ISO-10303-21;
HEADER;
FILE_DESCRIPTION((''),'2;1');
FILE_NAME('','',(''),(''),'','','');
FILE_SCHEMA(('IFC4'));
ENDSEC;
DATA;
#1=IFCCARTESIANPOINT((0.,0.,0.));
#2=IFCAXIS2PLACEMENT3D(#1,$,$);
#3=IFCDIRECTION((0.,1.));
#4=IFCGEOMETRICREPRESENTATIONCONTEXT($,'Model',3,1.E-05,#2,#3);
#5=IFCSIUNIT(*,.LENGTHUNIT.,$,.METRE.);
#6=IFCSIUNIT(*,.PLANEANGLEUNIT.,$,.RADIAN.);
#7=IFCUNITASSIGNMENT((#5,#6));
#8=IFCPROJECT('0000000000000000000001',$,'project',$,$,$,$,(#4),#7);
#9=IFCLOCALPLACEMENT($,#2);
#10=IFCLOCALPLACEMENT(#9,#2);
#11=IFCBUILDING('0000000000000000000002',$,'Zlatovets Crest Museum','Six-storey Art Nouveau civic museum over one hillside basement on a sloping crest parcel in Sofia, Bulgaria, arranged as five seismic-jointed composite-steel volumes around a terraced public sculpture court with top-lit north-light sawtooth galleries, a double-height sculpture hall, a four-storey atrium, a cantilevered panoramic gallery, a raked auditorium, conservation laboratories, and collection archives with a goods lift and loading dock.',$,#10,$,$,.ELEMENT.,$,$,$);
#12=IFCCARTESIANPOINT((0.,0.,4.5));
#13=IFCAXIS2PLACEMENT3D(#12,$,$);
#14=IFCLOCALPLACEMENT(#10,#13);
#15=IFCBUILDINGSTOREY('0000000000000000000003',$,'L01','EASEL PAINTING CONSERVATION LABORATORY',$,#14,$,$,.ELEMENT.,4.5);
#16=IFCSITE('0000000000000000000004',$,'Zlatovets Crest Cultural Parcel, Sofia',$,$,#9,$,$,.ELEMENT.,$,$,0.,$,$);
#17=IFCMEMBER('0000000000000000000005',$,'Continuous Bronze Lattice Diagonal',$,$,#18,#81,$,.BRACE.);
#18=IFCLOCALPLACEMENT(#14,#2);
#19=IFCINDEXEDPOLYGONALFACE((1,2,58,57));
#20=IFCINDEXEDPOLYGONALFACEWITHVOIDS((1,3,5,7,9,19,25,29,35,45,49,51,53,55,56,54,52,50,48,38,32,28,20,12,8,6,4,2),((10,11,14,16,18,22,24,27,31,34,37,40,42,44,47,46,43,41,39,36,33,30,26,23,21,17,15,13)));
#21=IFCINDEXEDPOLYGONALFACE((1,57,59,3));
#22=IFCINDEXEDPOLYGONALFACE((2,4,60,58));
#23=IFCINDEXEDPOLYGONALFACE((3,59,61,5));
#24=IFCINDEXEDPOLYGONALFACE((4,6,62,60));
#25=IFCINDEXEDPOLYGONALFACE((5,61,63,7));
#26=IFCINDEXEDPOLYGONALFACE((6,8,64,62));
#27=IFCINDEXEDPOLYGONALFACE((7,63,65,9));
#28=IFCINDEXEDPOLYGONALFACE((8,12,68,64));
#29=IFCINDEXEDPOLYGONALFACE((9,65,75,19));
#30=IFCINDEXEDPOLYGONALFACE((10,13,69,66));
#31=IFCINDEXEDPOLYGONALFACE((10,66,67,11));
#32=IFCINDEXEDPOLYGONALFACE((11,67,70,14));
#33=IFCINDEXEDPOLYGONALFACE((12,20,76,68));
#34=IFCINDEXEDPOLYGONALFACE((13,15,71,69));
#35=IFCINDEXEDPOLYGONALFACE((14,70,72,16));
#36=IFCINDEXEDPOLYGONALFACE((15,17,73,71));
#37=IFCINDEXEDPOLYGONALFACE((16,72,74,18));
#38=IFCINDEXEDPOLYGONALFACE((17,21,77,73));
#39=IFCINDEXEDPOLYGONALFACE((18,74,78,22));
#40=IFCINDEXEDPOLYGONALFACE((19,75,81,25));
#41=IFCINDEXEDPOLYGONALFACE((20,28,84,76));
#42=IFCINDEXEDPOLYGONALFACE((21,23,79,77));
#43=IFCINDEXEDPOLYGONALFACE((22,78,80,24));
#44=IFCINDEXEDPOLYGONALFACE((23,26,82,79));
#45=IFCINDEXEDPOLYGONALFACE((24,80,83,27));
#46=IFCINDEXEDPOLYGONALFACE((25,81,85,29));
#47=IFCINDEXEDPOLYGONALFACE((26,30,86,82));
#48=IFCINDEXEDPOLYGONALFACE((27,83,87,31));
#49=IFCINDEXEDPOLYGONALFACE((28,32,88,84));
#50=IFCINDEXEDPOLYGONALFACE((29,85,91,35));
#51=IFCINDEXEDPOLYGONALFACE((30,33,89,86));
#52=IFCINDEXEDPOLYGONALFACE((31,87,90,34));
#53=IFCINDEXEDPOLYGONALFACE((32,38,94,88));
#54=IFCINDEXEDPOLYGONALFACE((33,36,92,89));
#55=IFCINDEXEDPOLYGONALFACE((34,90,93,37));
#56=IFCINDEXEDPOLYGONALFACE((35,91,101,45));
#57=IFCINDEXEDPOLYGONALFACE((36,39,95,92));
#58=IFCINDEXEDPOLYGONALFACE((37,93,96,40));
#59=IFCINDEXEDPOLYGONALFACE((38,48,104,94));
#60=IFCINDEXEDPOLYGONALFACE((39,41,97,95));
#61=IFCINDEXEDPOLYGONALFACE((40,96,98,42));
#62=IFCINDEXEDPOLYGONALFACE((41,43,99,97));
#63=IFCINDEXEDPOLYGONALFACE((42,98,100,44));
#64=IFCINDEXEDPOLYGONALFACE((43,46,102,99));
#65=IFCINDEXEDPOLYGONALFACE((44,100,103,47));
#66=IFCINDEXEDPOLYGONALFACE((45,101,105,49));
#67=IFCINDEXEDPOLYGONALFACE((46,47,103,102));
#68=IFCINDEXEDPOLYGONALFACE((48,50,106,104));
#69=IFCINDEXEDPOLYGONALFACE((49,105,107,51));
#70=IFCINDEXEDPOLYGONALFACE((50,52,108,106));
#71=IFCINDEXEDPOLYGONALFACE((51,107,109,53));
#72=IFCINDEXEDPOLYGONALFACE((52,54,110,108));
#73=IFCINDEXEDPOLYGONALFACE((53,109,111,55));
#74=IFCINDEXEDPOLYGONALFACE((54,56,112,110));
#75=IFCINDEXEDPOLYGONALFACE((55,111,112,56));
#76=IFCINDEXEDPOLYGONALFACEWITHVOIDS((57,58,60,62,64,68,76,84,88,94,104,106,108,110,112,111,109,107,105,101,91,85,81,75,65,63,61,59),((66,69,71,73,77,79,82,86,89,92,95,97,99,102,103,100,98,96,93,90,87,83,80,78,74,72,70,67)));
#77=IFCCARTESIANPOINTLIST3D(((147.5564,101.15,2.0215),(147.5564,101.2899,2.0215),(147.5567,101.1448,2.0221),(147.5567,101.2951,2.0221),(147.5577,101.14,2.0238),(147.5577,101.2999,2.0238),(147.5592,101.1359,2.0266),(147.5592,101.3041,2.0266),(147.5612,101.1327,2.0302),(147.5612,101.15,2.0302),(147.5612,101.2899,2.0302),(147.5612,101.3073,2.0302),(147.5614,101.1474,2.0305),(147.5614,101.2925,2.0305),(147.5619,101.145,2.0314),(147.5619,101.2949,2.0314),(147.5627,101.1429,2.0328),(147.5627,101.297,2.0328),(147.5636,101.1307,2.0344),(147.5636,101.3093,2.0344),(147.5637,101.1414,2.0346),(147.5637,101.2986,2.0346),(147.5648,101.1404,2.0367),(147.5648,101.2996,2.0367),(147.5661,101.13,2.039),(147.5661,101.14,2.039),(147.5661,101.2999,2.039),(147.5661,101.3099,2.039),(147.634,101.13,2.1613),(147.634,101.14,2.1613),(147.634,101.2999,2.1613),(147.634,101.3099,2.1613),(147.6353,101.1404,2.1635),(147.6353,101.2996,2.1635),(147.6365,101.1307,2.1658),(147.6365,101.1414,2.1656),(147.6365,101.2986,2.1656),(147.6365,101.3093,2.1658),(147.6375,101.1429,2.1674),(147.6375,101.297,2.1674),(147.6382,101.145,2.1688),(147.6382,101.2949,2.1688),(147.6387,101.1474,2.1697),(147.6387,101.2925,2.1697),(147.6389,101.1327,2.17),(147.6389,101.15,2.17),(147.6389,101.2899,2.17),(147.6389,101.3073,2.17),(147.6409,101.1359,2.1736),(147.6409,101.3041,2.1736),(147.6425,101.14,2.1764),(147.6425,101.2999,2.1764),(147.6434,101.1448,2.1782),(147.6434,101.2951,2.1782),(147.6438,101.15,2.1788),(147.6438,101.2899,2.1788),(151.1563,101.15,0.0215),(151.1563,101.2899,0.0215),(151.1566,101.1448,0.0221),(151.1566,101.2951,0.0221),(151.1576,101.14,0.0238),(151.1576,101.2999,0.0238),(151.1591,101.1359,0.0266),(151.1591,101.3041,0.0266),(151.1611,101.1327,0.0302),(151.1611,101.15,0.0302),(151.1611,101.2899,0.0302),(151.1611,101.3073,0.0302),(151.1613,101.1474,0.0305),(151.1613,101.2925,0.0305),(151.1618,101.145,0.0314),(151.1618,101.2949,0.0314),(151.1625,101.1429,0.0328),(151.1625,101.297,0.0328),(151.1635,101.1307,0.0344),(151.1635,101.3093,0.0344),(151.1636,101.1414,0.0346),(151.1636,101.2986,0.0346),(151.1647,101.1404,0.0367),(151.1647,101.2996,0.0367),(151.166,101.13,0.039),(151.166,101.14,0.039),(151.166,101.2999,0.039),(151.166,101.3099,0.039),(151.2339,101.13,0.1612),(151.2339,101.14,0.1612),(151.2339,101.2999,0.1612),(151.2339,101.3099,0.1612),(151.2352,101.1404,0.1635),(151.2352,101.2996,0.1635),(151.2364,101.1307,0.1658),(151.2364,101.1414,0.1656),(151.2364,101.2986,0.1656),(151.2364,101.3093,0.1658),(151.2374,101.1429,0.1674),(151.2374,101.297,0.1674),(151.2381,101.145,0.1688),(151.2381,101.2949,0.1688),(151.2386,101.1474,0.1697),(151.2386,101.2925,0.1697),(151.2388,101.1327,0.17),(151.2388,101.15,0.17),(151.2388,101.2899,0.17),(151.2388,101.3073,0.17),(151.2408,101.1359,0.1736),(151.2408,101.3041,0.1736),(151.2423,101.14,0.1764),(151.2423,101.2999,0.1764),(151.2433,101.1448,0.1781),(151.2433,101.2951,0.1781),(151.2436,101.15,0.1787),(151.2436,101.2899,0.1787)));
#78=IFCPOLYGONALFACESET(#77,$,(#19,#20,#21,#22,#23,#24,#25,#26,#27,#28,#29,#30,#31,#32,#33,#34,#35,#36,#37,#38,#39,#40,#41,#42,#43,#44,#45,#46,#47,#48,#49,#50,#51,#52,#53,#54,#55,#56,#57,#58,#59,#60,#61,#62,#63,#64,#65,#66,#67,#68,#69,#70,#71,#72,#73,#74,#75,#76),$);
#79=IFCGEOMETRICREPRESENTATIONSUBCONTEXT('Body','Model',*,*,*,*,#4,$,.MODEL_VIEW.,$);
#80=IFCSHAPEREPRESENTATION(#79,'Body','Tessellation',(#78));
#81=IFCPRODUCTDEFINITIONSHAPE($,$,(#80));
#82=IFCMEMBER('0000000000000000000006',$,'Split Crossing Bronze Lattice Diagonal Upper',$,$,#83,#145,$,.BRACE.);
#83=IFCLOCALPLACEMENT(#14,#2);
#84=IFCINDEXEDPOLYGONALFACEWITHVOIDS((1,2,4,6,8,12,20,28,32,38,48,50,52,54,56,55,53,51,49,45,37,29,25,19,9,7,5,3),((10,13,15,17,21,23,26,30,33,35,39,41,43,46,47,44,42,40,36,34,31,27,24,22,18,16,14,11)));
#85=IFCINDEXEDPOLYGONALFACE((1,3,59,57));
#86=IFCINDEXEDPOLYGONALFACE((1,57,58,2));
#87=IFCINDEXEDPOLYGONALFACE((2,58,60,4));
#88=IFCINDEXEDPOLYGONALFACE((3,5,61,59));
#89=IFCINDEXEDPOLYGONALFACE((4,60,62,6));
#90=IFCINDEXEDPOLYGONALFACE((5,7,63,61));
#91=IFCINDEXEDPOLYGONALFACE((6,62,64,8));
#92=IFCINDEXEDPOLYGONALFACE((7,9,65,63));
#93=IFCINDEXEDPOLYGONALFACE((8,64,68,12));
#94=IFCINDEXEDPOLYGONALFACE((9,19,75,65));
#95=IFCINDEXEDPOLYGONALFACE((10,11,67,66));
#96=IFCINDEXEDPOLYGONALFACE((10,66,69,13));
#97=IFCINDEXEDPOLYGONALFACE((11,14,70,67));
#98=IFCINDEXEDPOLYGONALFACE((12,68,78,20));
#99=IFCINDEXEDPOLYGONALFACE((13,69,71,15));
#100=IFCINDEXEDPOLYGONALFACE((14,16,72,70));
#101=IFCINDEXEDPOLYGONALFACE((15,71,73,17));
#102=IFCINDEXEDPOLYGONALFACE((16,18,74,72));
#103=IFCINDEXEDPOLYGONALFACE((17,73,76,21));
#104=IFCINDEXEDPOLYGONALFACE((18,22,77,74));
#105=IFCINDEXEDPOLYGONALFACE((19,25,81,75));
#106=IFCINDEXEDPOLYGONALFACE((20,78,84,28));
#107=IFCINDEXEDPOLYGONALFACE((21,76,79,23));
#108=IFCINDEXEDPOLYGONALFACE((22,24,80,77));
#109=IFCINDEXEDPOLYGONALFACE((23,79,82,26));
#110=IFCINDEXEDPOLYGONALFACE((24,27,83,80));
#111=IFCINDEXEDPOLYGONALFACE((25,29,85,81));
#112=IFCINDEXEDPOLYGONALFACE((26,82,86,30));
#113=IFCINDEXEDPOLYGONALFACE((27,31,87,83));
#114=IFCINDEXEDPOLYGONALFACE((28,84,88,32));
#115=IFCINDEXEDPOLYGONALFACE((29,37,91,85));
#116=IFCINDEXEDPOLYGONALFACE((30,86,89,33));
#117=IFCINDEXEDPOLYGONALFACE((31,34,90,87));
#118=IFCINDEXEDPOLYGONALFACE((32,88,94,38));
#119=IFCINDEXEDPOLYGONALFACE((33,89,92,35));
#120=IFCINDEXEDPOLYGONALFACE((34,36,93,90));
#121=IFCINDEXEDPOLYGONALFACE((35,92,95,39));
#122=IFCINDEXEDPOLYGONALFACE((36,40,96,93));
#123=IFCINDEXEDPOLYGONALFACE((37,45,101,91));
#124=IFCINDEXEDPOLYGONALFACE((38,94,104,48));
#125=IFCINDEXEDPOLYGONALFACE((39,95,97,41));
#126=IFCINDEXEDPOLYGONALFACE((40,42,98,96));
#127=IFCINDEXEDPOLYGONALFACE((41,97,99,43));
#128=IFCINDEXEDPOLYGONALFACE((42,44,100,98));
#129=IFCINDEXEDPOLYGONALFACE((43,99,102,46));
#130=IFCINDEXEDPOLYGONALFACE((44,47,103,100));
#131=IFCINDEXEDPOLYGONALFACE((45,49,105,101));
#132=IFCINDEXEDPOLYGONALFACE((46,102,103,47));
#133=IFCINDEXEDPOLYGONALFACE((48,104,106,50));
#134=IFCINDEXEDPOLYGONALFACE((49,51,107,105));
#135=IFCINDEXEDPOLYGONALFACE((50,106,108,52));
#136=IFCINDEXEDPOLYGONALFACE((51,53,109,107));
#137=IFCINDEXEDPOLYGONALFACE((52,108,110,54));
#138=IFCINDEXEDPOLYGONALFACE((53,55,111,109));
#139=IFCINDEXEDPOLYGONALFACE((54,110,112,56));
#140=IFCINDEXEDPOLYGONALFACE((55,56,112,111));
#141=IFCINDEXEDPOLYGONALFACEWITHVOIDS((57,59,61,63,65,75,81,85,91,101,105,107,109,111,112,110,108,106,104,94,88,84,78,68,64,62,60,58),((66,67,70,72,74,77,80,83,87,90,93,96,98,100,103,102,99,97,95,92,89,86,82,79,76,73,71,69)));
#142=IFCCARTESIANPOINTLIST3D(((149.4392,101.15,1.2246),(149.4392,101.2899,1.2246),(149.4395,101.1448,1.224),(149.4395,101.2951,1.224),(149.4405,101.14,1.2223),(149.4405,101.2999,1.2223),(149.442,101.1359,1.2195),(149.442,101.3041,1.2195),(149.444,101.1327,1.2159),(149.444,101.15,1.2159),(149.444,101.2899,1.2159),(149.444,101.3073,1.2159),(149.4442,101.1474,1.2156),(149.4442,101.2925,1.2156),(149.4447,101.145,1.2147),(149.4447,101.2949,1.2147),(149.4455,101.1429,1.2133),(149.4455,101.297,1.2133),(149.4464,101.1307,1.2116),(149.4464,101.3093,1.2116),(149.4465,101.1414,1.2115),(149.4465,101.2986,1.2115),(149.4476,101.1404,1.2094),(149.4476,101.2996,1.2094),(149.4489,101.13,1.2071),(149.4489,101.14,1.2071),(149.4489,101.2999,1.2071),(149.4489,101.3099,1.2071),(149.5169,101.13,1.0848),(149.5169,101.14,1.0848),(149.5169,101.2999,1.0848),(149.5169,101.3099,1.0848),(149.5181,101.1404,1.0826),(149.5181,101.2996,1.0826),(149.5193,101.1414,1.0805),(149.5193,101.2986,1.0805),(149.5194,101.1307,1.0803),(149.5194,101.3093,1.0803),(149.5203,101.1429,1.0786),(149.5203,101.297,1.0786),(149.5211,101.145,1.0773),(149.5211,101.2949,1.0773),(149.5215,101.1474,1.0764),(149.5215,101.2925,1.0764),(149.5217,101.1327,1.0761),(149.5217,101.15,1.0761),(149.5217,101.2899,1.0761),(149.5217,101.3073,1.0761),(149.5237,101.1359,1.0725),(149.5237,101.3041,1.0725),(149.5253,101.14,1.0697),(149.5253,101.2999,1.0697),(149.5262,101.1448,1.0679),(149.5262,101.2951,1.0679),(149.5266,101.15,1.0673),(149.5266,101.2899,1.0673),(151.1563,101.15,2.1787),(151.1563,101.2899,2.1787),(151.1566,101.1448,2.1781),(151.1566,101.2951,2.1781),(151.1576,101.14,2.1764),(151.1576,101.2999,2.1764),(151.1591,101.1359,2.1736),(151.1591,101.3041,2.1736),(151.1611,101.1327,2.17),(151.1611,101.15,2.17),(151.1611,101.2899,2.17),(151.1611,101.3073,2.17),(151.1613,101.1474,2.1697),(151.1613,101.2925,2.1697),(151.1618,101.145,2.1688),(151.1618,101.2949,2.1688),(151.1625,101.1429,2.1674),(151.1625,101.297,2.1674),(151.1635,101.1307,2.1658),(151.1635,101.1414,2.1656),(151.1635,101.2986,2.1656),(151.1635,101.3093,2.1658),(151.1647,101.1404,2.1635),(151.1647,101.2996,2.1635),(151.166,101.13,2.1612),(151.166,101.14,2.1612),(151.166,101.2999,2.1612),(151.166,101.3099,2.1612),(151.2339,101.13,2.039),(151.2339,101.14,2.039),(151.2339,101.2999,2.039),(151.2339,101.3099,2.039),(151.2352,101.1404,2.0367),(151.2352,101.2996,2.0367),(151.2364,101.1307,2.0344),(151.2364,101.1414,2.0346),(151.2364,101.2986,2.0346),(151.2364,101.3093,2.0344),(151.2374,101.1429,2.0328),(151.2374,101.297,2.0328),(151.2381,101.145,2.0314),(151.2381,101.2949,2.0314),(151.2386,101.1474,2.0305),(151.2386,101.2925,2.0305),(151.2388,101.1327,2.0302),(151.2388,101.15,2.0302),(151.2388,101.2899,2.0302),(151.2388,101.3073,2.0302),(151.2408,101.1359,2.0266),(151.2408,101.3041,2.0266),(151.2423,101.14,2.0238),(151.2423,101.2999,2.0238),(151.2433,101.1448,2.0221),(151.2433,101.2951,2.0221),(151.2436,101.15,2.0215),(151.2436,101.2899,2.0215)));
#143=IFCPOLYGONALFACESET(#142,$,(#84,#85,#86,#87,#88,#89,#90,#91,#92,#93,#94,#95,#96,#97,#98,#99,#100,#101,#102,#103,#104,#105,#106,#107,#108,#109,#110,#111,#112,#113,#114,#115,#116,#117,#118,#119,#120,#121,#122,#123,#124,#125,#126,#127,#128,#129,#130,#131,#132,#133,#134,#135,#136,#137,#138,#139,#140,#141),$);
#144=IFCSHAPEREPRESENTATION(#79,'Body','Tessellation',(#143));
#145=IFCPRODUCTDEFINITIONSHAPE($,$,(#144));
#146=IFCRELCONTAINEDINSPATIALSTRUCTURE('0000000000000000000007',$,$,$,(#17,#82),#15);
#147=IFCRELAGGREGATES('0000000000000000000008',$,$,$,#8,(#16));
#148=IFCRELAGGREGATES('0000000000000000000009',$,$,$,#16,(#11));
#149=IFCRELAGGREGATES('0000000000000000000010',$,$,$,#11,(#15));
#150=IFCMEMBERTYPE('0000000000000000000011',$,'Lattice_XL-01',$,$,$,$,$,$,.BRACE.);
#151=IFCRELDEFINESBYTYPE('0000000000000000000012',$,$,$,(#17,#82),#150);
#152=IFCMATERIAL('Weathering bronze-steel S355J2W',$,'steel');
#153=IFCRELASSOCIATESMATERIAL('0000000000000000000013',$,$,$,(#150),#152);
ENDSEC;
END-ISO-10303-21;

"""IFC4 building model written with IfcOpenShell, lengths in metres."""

from ifc_helpers import new_model, si_unit, direction, frame, origin, origin_2d, place, context, subcontext, project, spatial, hollow_rectangle, extrude, material, material_profile, profile_set, type_object, element, save


model = new_model("IFC4")

# Units and contexts
model_context = context("Model", 3, precision=1e-05, world=origin(), true_north=direction((0.0, 1.0)))
body_context = subcontext(model_context, "Body", "Model", "MODEL_VIEW")
ifc_project = project(units=[si_unit("LENGTHUNIT", "METRE"), si_unit("PLANEANGLEUNIT", "RADIAN")], contexts=[model_context])

# Site, building, storey
site_placement = place(None, origin())
site = spatial("IfcSite", under=ifc_project, at=site_placement, Name="Zlatovets Crest Cultural Parcel, Sofia", CompositionType="ELEMENT", RefElevation=0.0)
building_placement = place(site_placement, origin())
building = spatial("IfcBuilding", under=site, at=building_placement, Name="Zlatovets Crest Museum", Description="Six-storey Art Nouveau civic museum over one hillside basement on a sloping crest parcel in Sofia, Bulgaria, arranged as five seismic-jointed composite-steel volumes around a terraced public sculpture court with top-lit north-light sawtooth galleries, a double-height sculpture hall, a four-storey atrium, a cantilevered panoramic gallery, a raked auditorium, conservation laboratories, and collection archives with a goods lift and loading dock.", CompositionType="ELEMENT")
storey_placement = place(building_placement, frame((0.0, 0.0, 4.5)))
storey = spatial("IfcBuildingStorey", under=building, at=storey_placement, Name="L01", Description="EASEL PAINTING CONSERVATION LABORATORY", CompositionType="ELEMENT", Elevation=4.5)

# Members
ifc_material_1 = material(Name="Weathering bronze-steel S355J2W", Category="steel")
ifc_material_profile_1 = material_profile(ifc_material_1, hollow_rectangle(XDim=0.1799, YDim=0.1799, WallThickness=0.01, InnerFilletRadius=0.01, OuterFilletRadius=0.02, at=origin_2d()), Name="SHS 180x180x10.0")
ifc_profile_set_1 = profile_set([ifc_material_profile_1], Name="Weathering bronze-steel S355J2W")
member_type_1 = type_object("IfcMemberType", Name="Lattice_XL-01", PredefinedType="BRACE", material=ifc_profile_set_1)
member_1_placement = place(storey_placement, frame((151.2, 101.22, 0.1001), z_axis=(-0.874149, 0.0, 0.485658), x_axis=(0.0, -1.0, 0.0)))
element("IfcMember", 1, at=member_1_placement, inside=storey, type_object=member_type_1, Name="Continuous Bronze Lattice Diagonal", PredefinedType="BRACE", context=body_context, shape_type="SweptSolid", body=[
    extrude(hollow_rectangle(XDim=0.1799, YDim=0.1799, WallThickness=0.01, InnerFilletRadius=0.01, OuterFilletRadius=0.02, at=origin_2d()), origin(), (0.0, 0.0, 1.0), 4.1182),
])
member_2_placement = place(storey_placement, frame((151.2, 101.22, 2.1001), z_axis=(-0.874116, 0.0, -0.485717), x_axis=(0.0, -1.0, 0.0)))
element("IfcMember", 2, at=member_2_placement, inside=storey, type_object=member_type_1, Name="Split Crossing Bronze Lattice Diagonal Upper", PredefinedType="BRACE", context=body_context, shape_type="SweptSolid", body=[
    extrude(hollow_rectangle(XDim=0.1799, YDim=0.1799, WallThickness=0.01, InnerFilletRadius=0.01, OuterFilletRadius=0.02, at=origin_2d()), origin(), (0.0, 0.0, 1.0), 1.9644),
])

save(model, "model.ifc")
